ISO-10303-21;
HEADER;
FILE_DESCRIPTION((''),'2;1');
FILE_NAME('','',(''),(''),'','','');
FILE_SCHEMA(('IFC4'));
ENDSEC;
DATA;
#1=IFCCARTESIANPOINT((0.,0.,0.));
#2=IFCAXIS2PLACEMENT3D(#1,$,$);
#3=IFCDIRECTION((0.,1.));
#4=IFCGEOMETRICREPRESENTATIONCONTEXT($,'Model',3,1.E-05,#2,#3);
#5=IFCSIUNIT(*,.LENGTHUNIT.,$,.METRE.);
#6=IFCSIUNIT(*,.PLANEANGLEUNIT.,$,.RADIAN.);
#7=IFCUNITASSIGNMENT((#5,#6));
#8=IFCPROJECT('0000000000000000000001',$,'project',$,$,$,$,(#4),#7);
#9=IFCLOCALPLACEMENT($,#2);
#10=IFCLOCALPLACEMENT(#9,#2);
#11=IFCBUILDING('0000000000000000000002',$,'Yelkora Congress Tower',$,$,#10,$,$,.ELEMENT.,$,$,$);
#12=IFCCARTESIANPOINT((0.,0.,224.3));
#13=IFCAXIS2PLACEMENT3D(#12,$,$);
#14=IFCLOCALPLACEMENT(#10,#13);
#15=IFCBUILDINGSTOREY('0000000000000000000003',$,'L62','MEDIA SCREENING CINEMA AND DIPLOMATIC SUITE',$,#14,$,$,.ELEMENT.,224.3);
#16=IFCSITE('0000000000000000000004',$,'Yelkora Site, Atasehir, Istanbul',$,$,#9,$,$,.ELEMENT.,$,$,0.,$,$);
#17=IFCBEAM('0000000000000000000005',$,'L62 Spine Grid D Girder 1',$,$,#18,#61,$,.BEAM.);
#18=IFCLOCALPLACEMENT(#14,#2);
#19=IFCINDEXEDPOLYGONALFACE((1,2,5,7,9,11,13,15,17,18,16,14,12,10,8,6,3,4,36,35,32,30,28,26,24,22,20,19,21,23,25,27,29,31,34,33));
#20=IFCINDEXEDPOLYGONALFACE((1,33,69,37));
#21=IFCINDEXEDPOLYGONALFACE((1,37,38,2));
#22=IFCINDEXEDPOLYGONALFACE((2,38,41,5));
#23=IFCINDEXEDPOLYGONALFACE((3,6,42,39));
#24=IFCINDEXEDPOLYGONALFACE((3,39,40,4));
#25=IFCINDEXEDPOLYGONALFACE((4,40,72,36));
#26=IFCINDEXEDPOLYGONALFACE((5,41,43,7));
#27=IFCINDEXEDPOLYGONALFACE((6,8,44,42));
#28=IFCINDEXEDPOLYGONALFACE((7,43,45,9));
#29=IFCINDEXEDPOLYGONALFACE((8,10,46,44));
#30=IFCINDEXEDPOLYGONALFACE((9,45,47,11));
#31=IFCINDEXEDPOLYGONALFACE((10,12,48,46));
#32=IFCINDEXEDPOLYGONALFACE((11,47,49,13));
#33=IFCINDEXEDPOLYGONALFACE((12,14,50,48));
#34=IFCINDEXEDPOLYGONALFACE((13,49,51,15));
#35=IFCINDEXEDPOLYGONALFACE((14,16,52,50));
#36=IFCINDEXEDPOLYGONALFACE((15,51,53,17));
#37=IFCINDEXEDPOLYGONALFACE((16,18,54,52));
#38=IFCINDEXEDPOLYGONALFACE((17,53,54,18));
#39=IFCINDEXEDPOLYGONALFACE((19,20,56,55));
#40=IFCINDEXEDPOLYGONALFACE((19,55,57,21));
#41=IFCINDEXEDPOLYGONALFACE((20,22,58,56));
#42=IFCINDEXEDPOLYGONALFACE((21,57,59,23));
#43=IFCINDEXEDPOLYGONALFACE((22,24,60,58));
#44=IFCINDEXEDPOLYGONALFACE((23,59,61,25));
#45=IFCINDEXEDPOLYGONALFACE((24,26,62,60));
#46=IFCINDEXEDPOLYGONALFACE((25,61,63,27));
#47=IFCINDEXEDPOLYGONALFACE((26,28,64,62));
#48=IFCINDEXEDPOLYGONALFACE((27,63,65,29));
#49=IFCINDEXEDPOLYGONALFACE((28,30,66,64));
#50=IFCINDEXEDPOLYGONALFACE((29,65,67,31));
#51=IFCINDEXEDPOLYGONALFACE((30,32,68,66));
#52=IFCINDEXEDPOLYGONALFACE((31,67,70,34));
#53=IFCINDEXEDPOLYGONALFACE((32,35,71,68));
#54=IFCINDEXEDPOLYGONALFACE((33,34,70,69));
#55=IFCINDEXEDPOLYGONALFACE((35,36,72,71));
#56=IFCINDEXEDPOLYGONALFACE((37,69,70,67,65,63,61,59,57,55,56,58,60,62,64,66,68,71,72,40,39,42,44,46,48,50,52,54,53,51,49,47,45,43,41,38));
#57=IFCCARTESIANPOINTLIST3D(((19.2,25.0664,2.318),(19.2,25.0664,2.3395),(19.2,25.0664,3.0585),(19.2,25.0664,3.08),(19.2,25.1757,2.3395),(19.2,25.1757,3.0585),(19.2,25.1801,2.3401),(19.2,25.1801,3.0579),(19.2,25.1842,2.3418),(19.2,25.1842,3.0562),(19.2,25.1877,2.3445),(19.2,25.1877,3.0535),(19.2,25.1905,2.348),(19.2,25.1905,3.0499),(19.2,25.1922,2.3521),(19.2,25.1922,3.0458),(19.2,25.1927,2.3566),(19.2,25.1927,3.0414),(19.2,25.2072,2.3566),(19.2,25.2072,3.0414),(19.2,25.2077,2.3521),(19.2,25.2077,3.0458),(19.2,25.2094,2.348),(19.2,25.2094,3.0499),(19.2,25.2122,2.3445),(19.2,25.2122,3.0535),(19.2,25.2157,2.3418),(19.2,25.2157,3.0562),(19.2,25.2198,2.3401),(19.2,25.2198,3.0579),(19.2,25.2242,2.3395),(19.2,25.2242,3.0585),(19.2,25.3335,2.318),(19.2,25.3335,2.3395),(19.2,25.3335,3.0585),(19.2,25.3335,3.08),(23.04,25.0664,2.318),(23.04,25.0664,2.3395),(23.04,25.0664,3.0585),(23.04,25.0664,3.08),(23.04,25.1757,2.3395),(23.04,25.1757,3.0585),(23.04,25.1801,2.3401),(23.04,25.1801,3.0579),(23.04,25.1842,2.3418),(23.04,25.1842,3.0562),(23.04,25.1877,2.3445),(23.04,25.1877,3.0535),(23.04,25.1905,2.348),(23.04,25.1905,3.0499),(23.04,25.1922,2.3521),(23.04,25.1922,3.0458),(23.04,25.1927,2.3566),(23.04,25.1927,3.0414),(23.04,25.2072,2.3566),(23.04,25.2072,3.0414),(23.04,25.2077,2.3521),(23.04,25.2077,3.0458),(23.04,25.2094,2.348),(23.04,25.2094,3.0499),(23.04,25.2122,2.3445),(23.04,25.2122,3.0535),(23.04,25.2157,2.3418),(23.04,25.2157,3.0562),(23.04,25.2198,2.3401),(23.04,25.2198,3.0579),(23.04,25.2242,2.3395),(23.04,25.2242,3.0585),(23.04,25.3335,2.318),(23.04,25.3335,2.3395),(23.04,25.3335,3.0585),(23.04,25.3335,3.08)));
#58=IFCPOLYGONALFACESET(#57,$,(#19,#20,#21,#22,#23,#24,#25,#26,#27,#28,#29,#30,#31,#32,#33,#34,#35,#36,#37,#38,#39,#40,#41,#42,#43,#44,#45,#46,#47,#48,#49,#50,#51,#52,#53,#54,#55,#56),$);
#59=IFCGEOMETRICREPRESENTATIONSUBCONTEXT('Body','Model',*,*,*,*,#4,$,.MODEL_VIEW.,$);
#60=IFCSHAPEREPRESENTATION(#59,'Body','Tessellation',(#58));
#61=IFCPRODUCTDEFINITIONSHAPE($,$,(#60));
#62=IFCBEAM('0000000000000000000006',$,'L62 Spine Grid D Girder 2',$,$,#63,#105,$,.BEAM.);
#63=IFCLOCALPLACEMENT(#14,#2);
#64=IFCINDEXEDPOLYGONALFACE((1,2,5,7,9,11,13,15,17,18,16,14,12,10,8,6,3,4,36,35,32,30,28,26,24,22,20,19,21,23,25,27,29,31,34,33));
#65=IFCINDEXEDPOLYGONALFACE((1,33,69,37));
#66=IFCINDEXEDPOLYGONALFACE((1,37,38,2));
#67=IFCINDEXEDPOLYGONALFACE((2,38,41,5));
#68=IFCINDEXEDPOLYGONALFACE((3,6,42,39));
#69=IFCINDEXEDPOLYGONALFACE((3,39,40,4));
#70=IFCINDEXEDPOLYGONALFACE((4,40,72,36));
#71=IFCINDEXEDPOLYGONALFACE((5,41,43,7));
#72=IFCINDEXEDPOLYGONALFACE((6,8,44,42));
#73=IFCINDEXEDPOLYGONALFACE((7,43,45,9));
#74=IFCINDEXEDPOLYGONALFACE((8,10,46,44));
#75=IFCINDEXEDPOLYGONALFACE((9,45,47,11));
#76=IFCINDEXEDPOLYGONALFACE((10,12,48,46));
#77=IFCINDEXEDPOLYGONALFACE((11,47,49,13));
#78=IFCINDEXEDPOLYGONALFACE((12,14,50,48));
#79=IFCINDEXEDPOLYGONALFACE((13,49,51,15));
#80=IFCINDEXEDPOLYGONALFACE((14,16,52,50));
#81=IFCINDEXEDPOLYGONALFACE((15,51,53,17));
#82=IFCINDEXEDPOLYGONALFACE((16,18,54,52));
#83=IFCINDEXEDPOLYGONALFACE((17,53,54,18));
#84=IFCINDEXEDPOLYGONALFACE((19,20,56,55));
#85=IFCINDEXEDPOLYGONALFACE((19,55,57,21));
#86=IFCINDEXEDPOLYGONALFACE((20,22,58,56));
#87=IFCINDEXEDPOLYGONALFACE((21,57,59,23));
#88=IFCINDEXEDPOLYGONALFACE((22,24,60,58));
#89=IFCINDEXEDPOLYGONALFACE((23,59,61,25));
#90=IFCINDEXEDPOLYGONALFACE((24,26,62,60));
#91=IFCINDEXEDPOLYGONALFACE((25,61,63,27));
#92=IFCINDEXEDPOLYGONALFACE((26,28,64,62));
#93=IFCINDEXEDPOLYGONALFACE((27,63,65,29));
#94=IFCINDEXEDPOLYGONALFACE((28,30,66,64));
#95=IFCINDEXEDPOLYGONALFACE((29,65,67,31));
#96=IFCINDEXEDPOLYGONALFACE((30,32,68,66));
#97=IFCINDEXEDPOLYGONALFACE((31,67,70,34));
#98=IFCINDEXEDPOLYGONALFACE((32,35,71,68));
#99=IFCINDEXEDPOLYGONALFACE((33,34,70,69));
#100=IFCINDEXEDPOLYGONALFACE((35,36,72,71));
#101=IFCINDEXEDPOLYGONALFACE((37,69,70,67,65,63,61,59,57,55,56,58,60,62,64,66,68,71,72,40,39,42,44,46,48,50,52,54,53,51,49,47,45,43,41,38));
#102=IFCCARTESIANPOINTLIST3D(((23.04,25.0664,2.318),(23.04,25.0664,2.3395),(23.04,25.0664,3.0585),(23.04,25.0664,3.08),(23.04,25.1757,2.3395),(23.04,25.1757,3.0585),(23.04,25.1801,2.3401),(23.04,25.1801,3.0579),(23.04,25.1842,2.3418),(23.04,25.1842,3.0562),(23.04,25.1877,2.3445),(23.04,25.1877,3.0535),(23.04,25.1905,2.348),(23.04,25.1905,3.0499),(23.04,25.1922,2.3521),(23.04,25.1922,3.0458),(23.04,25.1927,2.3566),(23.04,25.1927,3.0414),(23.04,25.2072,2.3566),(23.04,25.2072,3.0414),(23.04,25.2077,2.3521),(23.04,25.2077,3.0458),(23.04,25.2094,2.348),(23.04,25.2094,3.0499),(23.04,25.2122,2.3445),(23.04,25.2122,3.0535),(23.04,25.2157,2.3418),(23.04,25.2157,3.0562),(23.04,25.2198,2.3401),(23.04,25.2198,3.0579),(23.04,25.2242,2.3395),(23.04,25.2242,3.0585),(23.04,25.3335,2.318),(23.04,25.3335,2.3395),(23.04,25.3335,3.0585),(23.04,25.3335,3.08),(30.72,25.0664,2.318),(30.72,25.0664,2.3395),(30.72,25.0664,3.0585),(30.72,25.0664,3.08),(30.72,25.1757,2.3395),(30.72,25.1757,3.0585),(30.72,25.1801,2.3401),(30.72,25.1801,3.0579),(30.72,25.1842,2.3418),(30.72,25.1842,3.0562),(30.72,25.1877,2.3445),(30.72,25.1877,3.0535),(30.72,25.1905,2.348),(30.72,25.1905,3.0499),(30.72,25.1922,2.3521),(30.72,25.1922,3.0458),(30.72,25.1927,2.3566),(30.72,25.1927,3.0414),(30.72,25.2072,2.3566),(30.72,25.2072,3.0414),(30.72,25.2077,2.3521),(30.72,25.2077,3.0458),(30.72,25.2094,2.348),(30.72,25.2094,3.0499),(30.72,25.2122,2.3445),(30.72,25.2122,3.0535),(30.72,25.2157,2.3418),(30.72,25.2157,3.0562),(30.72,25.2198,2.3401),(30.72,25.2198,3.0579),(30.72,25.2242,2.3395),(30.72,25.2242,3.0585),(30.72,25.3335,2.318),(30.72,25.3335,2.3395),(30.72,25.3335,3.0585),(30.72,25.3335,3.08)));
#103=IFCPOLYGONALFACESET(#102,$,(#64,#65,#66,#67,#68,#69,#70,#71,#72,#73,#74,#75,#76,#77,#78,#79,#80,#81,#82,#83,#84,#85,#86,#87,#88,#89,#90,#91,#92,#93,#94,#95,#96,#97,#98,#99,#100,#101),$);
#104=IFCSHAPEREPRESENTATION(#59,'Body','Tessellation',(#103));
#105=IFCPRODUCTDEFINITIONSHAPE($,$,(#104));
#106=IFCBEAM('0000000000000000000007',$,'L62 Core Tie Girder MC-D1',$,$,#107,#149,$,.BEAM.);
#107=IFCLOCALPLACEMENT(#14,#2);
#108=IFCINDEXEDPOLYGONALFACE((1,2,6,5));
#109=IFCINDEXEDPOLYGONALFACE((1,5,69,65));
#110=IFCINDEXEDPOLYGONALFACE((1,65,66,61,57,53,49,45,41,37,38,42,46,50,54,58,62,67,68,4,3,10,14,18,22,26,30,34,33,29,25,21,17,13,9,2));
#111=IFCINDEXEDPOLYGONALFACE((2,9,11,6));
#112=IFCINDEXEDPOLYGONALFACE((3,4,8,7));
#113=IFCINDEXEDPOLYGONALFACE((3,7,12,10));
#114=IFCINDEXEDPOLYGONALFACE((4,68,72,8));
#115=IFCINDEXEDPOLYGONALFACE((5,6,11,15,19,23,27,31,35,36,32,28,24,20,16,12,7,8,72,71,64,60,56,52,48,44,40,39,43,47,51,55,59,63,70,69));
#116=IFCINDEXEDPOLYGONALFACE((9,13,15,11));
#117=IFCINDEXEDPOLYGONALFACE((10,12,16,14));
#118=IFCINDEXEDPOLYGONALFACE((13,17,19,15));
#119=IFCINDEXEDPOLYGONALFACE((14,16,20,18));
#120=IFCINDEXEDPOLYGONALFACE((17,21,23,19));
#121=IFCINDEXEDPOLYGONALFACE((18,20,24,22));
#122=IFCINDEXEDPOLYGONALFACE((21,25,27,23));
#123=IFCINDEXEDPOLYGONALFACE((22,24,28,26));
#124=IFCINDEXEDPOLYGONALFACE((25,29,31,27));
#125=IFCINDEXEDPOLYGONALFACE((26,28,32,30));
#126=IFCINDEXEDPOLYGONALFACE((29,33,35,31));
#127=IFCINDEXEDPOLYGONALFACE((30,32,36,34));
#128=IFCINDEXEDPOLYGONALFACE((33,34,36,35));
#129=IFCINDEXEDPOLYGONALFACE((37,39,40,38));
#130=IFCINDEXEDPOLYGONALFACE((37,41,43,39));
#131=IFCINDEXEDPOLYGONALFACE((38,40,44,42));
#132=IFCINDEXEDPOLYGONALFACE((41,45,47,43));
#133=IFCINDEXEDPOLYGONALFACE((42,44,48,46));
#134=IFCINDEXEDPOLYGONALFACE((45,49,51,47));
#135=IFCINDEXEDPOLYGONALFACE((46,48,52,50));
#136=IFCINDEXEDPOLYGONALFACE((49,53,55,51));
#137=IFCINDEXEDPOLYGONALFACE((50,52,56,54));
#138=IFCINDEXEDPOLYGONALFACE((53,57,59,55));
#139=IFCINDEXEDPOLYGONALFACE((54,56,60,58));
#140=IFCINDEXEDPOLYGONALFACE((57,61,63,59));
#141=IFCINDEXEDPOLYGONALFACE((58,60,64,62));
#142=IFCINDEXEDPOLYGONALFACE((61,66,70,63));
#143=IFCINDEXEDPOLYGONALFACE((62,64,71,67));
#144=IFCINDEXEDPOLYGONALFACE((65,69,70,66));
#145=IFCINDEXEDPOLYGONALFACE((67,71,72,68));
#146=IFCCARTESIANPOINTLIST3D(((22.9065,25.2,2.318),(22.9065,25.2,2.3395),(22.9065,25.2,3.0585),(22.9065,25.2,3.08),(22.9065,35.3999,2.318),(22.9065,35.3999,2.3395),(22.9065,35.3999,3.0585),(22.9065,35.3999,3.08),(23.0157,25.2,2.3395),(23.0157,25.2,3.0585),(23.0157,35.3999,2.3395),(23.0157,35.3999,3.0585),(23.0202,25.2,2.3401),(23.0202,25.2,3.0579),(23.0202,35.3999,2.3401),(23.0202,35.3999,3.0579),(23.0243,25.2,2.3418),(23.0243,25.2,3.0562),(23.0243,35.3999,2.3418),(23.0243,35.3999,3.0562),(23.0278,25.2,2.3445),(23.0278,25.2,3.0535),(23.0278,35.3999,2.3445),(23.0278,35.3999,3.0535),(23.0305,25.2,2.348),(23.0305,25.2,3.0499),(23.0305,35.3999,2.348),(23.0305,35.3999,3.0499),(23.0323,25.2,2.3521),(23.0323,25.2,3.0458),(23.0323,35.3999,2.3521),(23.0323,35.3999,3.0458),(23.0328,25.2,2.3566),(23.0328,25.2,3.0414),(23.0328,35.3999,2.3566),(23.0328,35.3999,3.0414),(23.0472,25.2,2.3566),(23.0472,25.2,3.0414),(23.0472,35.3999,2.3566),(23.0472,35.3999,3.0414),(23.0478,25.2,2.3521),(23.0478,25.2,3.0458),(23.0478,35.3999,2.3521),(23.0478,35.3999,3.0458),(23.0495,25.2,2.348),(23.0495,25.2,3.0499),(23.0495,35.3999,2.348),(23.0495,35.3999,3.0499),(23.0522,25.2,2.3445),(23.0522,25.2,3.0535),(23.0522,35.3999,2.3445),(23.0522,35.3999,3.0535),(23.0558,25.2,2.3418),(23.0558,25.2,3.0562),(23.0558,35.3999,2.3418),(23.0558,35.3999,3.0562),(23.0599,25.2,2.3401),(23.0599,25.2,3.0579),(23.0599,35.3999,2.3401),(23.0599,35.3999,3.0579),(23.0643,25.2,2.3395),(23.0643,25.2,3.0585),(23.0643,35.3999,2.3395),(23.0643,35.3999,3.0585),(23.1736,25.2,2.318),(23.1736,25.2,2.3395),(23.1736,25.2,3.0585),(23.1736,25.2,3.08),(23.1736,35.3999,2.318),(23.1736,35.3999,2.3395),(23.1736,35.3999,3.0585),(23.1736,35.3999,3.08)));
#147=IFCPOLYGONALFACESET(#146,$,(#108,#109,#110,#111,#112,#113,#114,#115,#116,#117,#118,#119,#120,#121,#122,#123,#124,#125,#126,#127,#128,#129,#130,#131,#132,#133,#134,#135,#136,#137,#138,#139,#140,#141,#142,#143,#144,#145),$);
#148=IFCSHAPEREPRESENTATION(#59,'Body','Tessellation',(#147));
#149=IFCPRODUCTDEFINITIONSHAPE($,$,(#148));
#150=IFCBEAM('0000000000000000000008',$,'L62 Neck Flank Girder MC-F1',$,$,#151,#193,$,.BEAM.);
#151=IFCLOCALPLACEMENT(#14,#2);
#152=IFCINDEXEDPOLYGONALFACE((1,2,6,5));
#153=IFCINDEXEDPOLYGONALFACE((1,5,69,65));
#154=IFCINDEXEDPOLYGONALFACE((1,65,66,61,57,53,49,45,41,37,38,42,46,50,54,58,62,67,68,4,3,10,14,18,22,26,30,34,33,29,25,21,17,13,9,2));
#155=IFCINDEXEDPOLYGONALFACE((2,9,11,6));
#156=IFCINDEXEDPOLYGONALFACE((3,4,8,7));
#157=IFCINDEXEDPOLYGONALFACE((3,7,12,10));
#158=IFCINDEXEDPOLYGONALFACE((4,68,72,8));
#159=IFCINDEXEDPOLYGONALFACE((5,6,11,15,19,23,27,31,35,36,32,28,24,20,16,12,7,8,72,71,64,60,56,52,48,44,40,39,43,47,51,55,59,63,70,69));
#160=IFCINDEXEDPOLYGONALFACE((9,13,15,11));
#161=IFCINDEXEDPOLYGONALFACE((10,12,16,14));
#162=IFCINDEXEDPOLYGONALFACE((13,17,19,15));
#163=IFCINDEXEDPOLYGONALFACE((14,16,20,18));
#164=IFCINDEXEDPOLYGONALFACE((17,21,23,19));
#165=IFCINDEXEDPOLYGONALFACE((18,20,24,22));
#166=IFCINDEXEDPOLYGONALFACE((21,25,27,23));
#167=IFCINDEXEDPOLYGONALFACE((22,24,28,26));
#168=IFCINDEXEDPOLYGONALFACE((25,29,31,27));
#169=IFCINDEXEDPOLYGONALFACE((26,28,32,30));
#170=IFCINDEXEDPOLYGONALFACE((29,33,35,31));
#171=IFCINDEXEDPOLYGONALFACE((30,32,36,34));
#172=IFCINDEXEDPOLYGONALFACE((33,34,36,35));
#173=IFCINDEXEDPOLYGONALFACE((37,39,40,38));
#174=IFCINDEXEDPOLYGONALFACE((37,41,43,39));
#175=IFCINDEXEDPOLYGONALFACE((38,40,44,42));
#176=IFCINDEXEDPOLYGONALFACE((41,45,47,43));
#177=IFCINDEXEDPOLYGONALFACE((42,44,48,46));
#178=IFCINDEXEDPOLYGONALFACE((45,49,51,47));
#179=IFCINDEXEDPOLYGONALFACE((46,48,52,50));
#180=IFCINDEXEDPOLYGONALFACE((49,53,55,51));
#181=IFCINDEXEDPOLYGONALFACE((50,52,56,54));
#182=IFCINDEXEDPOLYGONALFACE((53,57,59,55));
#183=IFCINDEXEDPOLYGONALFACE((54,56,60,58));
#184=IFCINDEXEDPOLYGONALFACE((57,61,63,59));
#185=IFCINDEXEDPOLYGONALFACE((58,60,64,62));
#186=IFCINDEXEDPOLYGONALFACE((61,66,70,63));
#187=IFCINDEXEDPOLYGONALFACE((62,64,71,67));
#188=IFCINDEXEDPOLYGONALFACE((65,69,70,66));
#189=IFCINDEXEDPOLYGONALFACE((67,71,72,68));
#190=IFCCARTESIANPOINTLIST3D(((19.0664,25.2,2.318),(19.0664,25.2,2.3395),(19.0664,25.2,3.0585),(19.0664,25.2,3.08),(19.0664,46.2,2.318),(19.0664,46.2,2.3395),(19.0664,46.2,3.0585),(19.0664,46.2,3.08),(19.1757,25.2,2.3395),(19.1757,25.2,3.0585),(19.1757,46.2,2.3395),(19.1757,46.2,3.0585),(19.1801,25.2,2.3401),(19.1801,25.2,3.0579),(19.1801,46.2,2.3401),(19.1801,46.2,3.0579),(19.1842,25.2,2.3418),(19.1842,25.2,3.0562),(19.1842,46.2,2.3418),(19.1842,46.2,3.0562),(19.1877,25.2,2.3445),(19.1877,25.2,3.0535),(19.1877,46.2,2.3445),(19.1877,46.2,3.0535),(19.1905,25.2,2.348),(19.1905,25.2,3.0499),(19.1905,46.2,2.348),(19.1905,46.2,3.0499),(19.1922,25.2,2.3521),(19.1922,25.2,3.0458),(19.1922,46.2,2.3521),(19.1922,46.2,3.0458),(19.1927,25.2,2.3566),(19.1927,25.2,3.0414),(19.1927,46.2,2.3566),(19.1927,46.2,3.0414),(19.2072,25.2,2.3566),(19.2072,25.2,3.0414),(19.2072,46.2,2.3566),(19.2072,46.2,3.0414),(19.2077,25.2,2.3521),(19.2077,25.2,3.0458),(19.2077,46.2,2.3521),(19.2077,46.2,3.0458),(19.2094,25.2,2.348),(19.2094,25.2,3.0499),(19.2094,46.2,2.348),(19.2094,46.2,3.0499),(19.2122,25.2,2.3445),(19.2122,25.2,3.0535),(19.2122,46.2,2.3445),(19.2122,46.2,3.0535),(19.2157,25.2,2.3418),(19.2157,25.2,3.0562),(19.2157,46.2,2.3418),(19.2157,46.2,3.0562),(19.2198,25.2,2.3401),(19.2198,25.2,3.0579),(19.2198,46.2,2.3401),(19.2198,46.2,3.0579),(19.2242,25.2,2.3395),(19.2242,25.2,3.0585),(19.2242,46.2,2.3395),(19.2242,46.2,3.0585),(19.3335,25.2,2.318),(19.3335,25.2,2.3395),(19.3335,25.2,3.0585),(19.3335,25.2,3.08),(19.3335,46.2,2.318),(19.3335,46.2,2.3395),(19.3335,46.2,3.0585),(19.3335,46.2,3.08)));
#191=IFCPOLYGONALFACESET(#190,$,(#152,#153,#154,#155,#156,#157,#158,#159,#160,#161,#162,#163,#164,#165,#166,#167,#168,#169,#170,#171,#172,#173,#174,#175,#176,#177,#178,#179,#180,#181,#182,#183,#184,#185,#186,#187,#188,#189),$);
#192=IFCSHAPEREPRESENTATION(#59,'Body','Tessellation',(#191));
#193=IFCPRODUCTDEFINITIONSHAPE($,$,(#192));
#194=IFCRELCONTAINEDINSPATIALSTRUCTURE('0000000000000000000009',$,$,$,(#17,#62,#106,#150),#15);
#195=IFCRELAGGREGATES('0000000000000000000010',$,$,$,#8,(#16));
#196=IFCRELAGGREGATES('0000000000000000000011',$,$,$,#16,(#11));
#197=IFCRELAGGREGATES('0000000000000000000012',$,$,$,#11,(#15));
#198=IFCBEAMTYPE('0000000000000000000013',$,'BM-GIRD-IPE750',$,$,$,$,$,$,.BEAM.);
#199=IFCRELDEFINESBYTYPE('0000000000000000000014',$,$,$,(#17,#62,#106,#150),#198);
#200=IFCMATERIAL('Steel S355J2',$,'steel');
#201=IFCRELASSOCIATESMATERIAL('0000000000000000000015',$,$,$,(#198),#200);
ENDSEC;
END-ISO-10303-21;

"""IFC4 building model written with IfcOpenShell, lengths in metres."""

from ifc_helpers import new_model, si_unit, direction, frame, origin, origin_2d, place, context, subcontext, project, spatial, i_section, extrude, material, material_profile, profile_set, type_object, element, save


model = new_model("IFC4")

# Units and contexts
model_context = context("Model", 3, precision=1e-05, world=origin(), true_north=direction((0.0, 1.0)))
body_context = subcontext(model_context, "Body", "Model", "MODEL_VIEW")
ifc_project = project(units=[si_unit("LENGTHUNIT", "METRE"), si_unit("PLANEANGLEUNIT", "RADIAN")], contexts=[model_context])

# Site, building, storey
site_placement = place(None, origin())
site = spatial("IfcSite", under=ifc_project, at=site_placement, Name="Yelkora Site, Atasehir, Istanbul", CompositionType="ELEMENT", RefElevation=0.0)
building_placement = place(site_placement, origin())
building = spatial("IfcBuilding", under=site, at=building_placement, Name="Yelkora Congress Tower", CompositionType="ELEMENT")
storey_placement = place(building_placement, frame((0.0, 0.0, 224.3)))
storey = spatial("IfcBuildingStorey", under=building, at=storey_placement, Name="L62", Description="MEDIA SCREENING CINEMA AND DIPLOMATIC SUITE", CompositionType="ELEMENT", Elevation=224.3)

# Shared definitions
ifc_material_1 = material(Name="Steel S355J2", Category="steel")

# Beams
ifc_material_profile_1 = material_profile(ifc_material_1, i_section(OverallWidth=0.2671, OverallDepth=0.762, WebThickness=0.0144, FlangeThickness=0.0215, FilletRadius=0.0171, at=origin_2d()), Name="IPE 750x173")
ifc_profile_set_1 = profile_set([ifc_material_profile_1], Name="Steel S355J2")
beam_type_1 = type_object("IfcBeamType", Name="BM-GIRD-IPE750", PredefinedType="BEAM", material=ifc_profile_set_1)
beam_1_placement = place(storey_placement, frame((19.2, 25.2, 2.699), z_axis=(1.0, 0.0, 0.0), x_axis=(0.0, 1.0, 0.0)))
element("IfcBeam", 1, at=beam_1_placement, inside=storey, type_object=beam_type_1, Name="L62 Spine Grid D Girder 1", PredefinedType="BEAM", context=body_context, shape_type="SweptSolid", body=[
    extrude(i_section(OverallWidth=0.2671, OverallDepth=0.762, WebThickness=0.0144, FlangeThickness=0.0215, FilletRadius=0.0171, at=origin_2d()), origin(), (0.0, 0.0, 1.0), 3.8401),
])
beam_2_placement = place(storey_placement, frame((23.04, 25.2, 2.699), z_axis=(1.0, 0.0, 0.0), x_axis=(0.0, 1.0, 0.0)))
element("IfcBeam", 2, at=beam_2_placement, inside=storey, type_object=beam_type_1, Name="L62 Spine Grid D Girder 2", PredefinedType="BEAM", context=body_context, shape_type="SweptSolid", body=[
    extrude(i_section(OverallWidth=0.2671, OverallDepth=0.762, WebThickness=0.0144, FlangeThickness=0.0215, FilletRadius=0.0171, at=origin_2d()), origin(), (0.0, 0.0, 1.0), 7.6799),
])
beam_3_placement = place(storey_placement, frame((23.04, 25.2, 2.699), z_axis=(0.0, 1.0, 0.0), x_axis=(-1.0, 0.0, 0.0)))
element("IfcBeam", 3, at=beam_3_placement, inside=storey, type_object=beam_type_1, Name="L62 Core Tie Girder MC-D1", PredefinedType="BEAM", context=body_context, shape_type="SweptSolid", body=[
    extrude(i_section(OverallWidth=0.2671, OverallDepth=0.762, WebThickness=0.0144, FlangeThickness=0.0215, FilletRadius=0.0171, at=origin_2d()), origin(), (0.0, 0.0, 1.0), 10.2),
])
beam_4_placement = place(storey_placement, frame((19.2, 25.2, 2.699), z_axis=(0.0, 1.0, 0.0), x_axis=(-1.0, 0.0, 0.0)))
element("IfcBeam", 4, at=beam_4_placement, inside=storey, type_object=beam_type_1, Name="L62 Neck Flank Girder MC-F1", PredefinedType="BEAM", context=body_context, shape_type="SweptSolid", body=[
    extrude(i_section(OverallWidth=0.2671, OverallDepth=0.762, WebThickness=0.0144, FlangeThickness=0.0215, FilletRadius=0.0171, at=origin_2d()), origin(), (0.0, 0.0, 1.0), 21.0),
])

save(model, "model.ifc")
